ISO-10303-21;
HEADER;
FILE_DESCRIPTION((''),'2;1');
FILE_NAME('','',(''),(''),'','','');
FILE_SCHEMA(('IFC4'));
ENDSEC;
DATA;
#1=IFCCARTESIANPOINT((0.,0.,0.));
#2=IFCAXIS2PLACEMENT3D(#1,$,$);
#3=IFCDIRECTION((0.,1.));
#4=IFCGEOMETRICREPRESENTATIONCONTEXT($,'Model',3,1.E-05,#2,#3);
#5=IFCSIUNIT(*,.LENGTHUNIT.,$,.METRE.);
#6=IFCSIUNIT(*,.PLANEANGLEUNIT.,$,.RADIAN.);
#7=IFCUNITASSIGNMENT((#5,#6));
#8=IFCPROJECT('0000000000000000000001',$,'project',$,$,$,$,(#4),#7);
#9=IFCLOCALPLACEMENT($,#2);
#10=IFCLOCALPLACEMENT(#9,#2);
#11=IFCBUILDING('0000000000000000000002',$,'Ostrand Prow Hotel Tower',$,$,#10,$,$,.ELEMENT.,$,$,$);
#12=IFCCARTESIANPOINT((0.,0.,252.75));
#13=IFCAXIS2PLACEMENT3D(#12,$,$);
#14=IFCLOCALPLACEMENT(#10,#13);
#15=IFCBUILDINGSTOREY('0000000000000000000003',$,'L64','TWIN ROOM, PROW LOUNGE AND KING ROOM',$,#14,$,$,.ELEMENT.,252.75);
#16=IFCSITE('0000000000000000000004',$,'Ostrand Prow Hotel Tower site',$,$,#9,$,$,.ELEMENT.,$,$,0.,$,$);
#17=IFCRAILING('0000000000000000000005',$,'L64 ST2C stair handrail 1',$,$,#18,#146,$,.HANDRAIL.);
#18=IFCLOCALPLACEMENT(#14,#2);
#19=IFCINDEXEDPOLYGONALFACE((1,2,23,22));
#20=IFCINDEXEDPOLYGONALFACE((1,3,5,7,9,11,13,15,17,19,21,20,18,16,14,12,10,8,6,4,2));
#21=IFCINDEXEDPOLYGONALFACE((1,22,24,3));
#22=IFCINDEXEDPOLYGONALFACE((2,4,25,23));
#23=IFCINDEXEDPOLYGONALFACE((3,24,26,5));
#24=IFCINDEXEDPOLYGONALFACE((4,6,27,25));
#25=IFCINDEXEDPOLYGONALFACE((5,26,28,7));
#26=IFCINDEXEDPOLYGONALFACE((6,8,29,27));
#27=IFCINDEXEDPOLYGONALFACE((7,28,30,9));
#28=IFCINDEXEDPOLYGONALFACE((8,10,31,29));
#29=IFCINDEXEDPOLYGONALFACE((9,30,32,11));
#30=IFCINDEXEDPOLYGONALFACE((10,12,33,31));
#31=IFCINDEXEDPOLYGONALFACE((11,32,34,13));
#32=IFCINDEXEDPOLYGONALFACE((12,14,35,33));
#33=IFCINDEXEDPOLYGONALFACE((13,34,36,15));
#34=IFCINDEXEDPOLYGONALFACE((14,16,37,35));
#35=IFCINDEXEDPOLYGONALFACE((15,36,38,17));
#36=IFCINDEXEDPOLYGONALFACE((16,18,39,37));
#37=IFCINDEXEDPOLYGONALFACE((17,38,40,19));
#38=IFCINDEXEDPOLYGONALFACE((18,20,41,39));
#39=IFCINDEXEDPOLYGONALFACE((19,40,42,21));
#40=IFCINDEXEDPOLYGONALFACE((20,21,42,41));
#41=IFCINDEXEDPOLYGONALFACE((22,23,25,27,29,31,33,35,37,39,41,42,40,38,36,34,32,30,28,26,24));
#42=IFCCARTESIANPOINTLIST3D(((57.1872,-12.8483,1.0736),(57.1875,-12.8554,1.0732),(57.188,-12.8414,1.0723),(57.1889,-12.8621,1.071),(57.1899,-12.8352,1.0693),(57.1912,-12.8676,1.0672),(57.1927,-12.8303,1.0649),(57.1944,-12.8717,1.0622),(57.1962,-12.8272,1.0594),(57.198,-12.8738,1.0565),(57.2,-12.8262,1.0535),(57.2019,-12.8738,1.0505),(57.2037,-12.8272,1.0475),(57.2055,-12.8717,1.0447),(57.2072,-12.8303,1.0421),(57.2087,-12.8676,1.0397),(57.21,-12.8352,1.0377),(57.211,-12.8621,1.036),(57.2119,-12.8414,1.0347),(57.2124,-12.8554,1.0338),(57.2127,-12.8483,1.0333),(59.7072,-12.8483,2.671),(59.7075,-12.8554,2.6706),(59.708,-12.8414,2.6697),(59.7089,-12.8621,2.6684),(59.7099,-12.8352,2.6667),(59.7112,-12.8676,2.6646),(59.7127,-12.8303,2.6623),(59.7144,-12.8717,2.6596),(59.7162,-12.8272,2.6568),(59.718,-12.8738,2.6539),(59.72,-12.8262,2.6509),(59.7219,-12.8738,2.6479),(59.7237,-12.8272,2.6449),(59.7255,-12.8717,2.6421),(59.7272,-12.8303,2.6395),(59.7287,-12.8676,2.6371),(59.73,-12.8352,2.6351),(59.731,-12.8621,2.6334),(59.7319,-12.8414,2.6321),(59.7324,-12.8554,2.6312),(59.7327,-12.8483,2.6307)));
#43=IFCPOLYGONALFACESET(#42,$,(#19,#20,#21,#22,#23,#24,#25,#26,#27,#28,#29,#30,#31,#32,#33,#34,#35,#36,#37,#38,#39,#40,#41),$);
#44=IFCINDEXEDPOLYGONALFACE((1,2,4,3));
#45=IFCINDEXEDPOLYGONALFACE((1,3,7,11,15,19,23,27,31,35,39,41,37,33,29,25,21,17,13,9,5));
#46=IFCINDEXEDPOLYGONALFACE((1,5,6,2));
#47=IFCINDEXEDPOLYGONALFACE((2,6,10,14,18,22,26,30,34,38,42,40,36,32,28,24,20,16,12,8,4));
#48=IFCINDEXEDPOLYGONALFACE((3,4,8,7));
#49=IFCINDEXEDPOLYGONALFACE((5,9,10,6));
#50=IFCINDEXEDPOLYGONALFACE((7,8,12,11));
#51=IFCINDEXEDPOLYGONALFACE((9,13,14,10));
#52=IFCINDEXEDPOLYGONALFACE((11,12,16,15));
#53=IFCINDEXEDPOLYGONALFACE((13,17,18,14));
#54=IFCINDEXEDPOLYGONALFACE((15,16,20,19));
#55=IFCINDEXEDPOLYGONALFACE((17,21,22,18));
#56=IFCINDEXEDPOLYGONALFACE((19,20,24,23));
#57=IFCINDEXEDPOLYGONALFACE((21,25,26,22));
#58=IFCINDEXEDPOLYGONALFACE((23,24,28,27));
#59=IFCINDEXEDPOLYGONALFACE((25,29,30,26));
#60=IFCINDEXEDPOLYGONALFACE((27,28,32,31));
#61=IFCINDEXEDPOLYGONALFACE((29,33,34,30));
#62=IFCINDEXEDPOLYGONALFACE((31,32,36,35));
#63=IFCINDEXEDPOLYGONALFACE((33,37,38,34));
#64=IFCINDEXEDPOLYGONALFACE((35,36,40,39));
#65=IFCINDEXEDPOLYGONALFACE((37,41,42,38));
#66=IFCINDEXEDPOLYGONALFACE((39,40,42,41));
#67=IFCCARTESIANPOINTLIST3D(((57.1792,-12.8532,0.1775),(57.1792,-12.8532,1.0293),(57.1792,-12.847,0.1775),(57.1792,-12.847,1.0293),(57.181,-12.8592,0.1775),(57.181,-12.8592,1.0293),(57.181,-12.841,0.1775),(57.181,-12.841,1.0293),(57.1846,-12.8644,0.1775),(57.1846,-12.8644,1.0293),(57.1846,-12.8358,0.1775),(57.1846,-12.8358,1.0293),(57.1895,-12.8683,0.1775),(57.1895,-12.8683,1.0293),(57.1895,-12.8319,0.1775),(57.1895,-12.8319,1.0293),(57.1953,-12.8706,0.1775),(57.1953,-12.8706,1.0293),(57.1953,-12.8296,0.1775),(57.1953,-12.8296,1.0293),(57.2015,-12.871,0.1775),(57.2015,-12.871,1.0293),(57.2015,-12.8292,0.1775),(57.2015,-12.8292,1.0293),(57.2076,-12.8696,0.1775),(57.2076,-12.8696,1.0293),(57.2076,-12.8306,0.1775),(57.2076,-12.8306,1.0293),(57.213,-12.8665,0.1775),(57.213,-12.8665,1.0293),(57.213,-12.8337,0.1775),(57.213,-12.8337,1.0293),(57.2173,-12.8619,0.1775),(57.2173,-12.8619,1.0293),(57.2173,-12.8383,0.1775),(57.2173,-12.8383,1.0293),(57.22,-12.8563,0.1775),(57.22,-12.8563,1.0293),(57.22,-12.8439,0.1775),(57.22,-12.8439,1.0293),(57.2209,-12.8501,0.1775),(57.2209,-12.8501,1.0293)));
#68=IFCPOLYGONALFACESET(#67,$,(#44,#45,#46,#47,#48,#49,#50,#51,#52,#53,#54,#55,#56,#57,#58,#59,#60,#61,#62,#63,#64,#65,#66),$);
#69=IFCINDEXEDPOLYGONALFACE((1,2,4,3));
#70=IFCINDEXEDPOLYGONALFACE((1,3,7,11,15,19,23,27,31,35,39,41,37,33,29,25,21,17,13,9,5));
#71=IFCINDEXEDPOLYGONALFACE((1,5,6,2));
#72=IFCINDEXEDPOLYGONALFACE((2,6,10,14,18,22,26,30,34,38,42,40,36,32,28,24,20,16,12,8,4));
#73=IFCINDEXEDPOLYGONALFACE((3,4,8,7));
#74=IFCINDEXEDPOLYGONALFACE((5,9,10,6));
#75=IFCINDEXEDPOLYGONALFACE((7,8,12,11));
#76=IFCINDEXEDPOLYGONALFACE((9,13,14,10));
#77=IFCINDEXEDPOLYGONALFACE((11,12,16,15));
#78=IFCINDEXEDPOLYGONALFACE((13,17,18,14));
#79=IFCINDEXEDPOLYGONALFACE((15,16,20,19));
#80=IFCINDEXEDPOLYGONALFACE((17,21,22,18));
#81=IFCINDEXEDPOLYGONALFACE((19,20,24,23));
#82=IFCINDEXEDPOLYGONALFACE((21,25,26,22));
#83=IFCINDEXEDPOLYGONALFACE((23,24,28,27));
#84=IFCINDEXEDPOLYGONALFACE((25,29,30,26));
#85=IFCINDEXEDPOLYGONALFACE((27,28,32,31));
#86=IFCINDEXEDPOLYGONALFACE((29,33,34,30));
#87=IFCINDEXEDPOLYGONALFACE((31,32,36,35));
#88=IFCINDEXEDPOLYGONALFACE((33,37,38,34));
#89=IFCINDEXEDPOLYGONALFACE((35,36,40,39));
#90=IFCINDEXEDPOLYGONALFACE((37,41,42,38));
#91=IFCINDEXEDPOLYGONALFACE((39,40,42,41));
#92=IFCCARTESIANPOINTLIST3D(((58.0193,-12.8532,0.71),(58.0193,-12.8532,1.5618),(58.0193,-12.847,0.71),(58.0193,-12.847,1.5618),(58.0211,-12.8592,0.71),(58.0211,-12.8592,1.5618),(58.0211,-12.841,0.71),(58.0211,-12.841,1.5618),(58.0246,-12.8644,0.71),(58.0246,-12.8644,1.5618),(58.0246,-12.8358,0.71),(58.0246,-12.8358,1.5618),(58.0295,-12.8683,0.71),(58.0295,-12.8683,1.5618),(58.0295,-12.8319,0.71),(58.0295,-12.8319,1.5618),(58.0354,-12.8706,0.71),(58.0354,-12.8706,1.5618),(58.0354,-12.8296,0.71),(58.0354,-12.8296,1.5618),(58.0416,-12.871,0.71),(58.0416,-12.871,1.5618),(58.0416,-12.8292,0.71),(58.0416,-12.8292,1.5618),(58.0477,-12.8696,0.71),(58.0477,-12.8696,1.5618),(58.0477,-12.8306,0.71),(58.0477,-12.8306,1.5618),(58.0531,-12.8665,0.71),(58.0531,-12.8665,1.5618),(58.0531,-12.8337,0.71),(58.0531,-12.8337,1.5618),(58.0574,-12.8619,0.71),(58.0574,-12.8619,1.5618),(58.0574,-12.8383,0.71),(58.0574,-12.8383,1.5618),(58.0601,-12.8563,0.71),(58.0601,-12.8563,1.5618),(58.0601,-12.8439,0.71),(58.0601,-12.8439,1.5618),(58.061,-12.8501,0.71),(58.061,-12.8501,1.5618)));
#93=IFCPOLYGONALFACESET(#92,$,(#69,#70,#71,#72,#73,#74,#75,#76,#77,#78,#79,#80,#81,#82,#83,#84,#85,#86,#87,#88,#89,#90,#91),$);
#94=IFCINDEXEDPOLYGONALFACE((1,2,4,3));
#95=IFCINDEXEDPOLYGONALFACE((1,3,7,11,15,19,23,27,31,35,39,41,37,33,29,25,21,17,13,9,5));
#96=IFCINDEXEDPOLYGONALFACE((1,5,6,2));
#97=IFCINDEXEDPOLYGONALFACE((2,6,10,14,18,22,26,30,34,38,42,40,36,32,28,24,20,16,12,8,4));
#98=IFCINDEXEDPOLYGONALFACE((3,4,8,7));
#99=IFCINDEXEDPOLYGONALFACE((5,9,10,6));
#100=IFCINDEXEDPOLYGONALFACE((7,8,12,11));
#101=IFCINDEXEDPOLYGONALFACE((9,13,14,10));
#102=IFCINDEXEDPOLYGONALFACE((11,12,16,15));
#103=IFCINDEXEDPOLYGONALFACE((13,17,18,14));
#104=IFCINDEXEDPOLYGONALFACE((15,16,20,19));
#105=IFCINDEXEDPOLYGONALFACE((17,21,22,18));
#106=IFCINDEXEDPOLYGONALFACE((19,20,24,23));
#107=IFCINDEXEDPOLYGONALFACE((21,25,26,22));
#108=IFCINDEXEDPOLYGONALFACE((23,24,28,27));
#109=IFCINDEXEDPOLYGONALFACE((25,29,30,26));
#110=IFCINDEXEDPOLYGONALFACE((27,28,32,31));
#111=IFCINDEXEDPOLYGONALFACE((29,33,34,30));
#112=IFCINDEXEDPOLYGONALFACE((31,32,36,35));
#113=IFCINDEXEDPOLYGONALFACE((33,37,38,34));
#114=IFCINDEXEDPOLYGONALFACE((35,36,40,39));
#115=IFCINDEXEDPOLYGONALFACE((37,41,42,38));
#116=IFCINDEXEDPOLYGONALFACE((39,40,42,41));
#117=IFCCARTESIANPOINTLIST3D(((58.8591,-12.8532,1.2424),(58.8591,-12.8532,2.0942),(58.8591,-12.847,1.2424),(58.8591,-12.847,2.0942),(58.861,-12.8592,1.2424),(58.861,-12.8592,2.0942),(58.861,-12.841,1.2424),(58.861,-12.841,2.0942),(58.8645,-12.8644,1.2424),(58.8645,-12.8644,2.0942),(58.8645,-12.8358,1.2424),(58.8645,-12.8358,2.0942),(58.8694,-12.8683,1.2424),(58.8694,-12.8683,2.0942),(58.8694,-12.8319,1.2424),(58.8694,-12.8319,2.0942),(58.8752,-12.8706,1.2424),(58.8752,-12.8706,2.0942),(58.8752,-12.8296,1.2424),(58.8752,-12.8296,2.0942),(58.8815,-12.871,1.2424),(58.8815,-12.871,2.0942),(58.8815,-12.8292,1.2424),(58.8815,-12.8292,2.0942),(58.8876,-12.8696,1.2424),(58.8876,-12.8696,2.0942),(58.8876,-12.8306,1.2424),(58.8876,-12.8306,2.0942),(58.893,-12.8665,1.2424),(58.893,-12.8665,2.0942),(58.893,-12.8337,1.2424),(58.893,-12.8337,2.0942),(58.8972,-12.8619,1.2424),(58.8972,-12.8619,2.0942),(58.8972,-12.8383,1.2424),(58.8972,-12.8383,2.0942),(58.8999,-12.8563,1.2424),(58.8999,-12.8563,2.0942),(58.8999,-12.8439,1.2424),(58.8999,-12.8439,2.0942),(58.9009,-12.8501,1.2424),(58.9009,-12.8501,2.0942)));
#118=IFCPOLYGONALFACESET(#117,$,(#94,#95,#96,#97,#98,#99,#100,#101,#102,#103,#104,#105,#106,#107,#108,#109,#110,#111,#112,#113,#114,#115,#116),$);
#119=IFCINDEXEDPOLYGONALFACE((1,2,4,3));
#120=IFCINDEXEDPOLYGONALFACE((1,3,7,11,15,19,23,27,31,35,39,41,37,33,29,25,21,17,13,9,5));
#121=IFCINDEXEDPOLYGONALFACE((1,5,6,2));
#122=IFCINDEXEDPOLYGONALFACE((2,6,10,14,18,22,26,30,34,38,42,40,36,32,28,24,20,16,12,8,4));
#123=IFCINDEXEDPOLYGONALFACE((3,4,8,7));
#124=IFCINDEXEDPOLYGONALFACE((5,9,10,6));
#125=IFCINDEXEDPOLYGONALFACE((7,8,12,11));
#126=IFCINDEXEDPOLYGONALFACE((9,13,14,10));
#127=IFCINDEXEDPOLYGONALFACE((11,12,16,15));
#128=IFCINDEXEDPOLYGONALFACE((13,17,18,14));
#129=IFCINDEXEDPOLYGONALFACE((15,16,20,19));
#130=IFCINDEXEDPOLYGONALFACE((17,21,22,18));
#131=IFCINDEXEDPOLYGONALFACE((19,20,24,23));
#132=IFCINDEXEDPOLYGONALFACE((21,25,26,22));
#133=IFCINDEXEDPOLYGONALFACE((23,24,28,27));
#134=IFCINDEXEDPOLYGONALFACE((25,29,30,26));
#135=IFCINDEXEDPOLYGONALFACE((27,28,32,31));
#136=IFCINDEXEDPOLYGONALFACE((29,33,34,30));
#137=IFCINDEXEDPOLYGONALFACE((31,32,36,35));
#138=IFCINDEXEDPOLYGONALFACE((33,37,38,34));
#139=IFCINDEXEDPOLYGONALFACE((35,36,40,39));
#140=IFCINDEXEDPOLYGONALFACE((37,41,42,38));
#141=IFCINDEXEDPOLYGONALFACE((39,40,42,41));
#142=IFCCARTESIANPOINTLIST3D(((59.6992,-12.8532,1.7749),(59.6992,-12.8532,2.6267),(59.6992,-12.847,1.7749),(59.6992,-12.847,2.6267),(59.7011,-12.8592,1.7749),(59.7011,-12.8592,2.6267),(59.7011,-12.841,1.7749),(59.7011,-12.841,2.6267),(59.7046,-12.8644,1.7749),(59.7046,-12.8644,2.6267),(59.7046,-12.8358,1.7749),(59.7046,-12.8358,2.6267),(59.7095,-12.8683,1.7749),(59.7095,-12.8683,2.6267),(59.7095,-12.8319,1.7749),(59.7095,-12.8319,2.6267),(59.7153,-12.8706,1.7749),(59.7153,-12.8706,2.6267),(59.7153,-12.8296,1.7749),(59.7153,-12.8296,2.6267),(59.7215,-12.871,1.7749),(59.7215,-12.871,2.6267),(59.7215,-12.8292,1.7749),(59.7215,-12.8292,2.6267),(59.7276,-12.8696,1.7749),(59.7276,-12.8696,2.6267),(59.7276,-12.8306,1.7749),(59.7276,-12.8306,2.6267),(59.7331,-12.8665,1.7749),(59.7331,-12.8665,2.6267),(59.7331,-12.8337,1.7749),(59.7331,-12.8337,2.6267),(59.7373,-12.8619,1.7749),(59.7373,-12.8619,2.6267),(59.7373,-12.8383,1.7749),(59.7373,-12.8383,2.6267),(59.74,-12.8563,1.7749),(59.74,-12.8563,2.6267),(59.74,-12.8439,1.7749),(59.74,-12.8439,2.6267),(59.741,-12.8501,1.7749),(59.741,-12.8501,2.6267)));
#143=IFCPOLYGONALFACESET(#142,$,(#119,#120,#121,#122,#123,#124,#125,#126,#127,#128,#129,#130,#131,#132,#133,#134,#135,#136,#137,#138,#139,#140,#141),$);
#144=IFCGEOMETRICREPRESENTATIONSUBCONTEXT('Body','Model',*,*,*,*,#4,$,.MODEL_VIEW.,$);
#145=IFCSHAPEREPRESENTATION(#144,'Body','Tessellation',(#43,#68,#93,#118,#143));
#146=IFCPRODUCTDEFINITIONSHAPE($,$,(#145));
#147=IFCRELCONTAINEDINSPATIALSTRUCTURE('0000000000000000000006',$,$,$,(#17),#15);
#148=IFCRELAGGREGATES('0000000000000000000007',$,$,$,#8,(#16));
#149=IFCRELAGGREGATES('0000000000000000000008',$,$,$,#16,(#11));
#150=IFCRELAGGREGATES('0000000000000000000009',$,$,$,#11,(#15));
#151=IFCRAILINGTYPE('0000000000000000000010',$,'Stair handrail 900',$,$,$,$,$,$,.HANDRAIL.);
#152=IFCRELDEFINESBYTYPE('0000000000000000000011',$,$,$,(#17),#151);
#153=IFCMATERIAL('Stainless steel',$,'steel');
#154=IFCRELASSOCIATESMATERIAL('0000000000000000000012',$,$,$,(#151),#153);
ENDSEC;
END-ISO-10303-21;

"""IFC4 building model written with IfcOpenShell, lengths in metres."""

from ifc_helpers import new_model, si_unit, direction, frame, origin, origin_2d, place, context, subcontext, project, spatial, circle, extrude, material, type_object, element, save


model = new_model("IFC4")

# Units and contexts
model_context = context("Model", 3, precision=1e-05, world=origin(), true_north=direction((0.0, 1.0)))
body_context = subcontext(model_context, "Body", "Model", "MODEL_VIEW")
ifc_project = project(units=[si_unit("LENGTHUNIT", "METRE"), si_unit("PLANEANGLEUNIT", "RADIAN")], contexts=[model_context])

# Site, building, storey
site_placement = place(None, origin())
site = spatial("IfcSite", under=ifc_project, at=site_placement, Name="Ostrand Prow Hotel Tower site", CompositionType="ELEMENT", RefElevation=0.0)
building_placement = place(site_placement, origin())
building = spatial("IfcBuilding", under=site, at=building_placement, Name="Ostrand Prow Hotel Tower", CompositionType="ELEMENT")
storey_placement = place(building_placement, frame((0.0, 0.0, 252.75)))
storey = spatial("IfcBuildingStorey", under=building, at=storey_placement, Name="L64", Description="TWIN ROOM, PROW LOUNGE AND KING ROOM", CompositionType="ELEMENT", Elevation=252.75)

# Railing
ifc_material_1 = material(Name="Stainless steel", Category="steel")
railing_type = type_object("IfcRailingType", Name="Stair handrail 900", PredefinedType="HANDRAIL", material=ifc_material_1)
railing_placement = place(storey_placement, frame((57.2, -12.8501, 0.1775)))
element("IfcRailing", 1, at=railing_placement, inside=storey, type_object=railing_type, Name="L64 ST2C stair handrail 1", PredefinedType="HANDRAIL", context=body_context, shape_type="SweptSolid", body=[
    extrude(circle(Radius=0.0239, at=origin_2d()), frame((0.0, 0.0, 0.876), z_axis=(0.844607, 0.0, 0.535387), x_axis=(0.0, 1.0, 0.0)), (0.0, 0.0, 1.0), 2.9836),
    extrude(circle(Radius=0.021, at=origin_2d()), origin(), (0.0, 0.0, 1.0), 0.8518),
    extrude(circle(Radius=0.021, at=origin_2d()), frame((0.8401, 0.0, 0.5325)), (0.0, 0.0, 1.0), 0.8518),
    extrude(circle(Radius=0.021, at=origin_2d()), frame((1.6799, 0.0, 1.0649)), (0.0, 0.0, 1.0), 0.8518),
    extrude(circle(Radius=0.021, at=origin_2d()), frame((2.52, 0.0, 1.5974)), (0.0, 0.0, 1.0), 0.8518),
])

save(model, "model.ifc")
